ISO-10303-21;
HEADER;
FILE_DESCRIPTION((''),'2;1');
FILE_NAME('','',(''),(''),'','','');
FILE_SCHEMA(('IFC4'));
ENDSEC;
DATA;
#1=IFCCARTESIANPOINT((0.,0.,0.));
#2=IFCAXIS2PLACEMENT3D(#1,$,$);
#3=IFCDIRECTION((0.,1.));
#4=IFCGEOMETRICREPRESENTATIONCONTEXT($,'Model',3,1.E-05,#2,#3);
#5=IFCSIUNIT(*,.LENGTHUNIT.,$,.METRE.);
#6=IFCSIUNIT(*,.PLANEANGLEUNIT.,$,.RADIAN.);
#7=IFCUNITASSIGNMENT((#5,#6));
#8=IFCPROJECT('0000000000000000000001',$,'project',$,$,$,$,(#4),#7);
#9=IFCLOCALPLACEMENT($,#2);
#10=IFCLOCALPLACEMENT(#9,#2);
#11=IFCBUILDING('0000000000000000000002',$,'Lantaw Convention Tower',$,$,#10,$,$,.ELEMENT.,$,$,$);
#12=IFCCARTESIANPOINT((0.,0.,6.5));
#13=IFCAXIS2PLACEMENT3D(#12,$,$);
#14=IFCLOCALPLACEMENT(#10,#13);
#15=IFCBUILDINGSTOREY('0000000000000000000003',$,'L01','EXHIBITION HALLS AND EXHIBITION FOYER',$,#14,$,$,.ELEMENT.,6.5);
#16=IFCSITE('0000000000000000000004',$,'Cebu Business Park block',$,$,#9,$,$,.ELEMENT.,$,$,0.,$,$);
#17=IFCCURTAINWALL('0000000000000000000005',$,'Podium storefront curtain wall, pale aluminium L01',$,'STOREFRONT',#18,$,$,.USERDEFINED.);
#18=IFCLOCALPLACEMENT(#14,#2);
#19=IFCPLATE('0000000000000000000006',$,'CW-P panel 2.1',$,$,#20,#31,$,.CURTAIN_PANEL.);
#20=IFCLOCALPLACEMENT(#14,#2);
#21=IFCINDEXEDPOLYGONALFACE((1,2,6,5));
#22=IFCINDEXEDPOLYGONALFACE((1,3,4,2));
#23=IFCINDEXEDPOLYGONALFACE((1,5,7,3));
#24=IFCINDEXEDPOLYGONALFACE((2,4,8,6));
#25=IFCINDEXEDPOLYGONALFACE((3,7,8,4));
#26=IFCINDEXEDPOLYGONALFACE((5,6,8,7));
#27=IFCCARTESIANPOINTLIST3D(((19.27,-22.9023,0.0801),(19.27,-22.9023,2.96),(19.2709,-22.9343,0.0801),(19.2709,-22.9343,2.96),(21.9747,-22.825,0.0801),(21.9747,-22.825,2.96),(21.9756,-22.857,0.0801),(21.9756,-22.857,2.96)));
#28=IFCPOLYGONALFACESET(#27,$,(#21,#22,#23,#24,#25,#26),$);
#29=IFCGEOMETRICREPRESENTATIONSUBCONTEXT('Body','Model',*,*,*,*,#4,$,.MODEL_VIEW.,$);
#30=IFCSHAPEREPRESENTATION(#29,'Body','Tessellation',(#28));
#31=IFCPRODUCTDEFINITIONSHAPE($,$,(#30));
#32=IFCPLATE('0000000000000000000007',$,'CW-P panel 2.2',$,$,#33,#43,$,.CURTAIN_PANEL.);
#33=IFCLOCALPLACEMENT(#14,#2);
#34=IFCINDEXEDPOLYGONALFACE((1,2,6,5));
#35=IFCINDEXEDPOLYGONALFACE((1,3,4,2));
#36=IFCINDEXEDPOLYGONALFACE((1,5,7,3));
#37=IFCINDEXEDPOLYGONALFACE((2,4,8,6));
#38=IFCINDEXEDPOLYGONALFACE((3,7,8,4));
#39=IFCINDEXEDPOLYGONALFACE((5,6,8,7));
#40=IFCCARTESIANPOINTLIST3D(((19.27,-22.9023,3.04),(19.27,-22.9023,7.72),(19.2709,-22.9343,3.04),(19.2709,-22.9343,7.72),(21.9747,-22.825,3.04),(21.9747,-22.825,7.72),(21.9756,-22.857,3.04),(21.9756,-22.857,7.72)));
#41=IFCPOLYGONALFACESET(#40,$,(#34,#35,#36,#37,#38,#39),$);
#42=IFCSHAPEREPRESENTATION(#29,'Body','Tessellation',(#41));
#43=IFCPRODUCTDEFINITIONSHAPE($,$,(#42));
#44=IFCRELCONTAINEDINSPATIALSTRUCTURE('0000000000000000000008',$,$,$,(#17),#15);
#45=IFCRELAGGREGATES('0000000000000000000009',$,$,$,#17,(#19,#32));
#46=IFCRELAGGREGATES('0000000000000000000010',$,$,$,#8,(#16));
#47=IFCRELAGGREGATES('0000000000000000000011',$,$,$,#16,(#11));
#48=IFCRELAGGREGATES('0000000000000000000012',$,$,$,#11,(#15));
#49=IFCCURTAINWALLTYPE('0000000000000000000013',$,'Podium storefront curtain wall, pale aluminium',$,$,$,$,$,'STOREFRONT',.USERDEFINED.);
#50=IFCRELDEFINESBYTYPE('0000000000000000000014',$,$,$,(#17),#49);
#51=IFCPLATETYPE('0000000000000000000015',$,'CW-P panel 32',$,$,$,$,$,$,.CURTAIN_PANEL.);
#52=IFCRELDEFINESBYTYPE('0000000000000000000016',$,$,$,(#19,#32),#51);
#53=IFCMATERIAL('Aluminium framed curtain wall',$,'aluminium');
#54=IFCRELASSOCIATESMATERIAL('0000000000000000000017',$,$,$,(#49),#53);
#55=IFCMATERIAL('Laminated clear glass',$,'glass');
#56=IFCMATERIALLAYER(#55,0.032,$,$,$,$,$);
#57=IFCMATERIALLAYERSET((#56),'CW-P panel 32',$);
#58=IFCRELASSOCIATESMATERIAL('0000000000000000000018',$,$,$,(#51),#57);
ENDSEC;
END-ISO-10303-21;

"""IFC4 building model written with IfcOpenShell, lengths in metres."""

from ifc_helpers import new_model, si_unit, direction, frame, origin, origin_2d, place, context, subcontext, project, spatial, rectangle, extrude, material, layer, layer_set, type_object, element, aggregate, save


model = new_model("IFC4")

# Units and contexts
model_context = context("Model", 3, precision=1e-05, world=origin(), true_north=direction((0.0, 1.0)))
body_context = subcontext(model_context, "Body", "Model", "MODEL_VIEW")
ifc_project = project(units=[si_unit("LENGTHUNIT", "METRE"), si_unit("PLANEANGLEUNIT", "RADIAN")], contexts=[model_context])

# Site, building, storey
site_placement = place(None, origin())
site = spatial("IfcSite", under=ifc_project, at=site_placement, Name="Cebu Business Park block", CompositionType="ELEMENT", RefElevation=0.0)
building_placement = place(site_placement, origin())
building = spatial("IfcBuilding", under=site, at=building_placement, Name="Lantaw Convention Tower", CompositionType="ELEMENT")
storey_placement = place(building_placement, frame((0.0, 0.0, 6.5)))
storey = spatial("IfcBuildingStorey", under=building, at=storey_placement, Name="L01", Description="EXHIBITION HALLS AND EXHIBITION FOYER", CompositionType="ELEMENT", Elevation=6.5)

# Curtain wall
ifc_material_1 = material(Name="Aluminium framed curtain wall", Category="aluminium")
curtain_wall_type = type_object("IfcCurtainWallType", Name="Podium storefront curtain wall, pale aluminium", ElementType="STOREFRONT", PredefinedType="USERDEFINED", material=ifc_material_1)
curtain_wall_1_placement = place(storey_placement, origin())
curtain_wall_1 = element("IfcCurtainWall", 1, at=curtain_wall_1_placement, inside=storey, type_object=curtain_wall_type, Name="Podium storefront curtain wall, pale aluminium L01", ObjectType="STOREFRONT", PredefinedType="USERDEFINED")

# Plates
ifc_material_2 = material(Name="Laminated clear glass", Category="glass")
ifc_layer = layer(ifc_material_2, 0.032)
ifc_layer_set = layer_set([ifc_layer], Name="CW-P panel 32")
plate_type = type_object("IfcPlateType", Name="CW-P panel 32", PredefinedType="CURTAIN_PANEL", material=ifc_layer_set)
plate_1_placement = place(storey_placement, frame((20.6228, -22.8796, 0.0801), z_axis=(0.0, 0.0, 1.0), x_axis=(0.999592, 0.028552, 0.0)))
plate_1 = element("IfcPlate", 2, at=plate_1_placement, type_object=plate_type, Name="CW-P panel 2.1", PredefinedType="CURTAIN_PANEL", context=body_context, shape_type="SweptSolid", body=[
    extrude(rectangle(XDim=2.7058, YDim=0.032, at=origin_2d()), origin(), (0.0, 0.0, 1.0), 2.8799),
])
plate_2_placement = place(storey_placement, frame((20.6228, -22.8796, 3.04), z_axis=(0.0, 0.0, 1.0), x_axis=(0.999592, 0.028552, 0.0)))
plate_2 = element("IfcPlate", 3, at=plate_2_placement, type_object=plate_type, Name="CW-P panel 2.2", PredefinedType="CURTAIN_PANEL", context=body_context, shape_type="SweptSolid", body=[
    extrude(rectangle(XDim=2.7058, YDim=0.032, at=origin_2d()), origin(), (0.0, 0.0, 1.0), 4.6799),
])
aggregate(curtain_wall_1, [plate_1, plate_2])

save(model, "model.ifc")
